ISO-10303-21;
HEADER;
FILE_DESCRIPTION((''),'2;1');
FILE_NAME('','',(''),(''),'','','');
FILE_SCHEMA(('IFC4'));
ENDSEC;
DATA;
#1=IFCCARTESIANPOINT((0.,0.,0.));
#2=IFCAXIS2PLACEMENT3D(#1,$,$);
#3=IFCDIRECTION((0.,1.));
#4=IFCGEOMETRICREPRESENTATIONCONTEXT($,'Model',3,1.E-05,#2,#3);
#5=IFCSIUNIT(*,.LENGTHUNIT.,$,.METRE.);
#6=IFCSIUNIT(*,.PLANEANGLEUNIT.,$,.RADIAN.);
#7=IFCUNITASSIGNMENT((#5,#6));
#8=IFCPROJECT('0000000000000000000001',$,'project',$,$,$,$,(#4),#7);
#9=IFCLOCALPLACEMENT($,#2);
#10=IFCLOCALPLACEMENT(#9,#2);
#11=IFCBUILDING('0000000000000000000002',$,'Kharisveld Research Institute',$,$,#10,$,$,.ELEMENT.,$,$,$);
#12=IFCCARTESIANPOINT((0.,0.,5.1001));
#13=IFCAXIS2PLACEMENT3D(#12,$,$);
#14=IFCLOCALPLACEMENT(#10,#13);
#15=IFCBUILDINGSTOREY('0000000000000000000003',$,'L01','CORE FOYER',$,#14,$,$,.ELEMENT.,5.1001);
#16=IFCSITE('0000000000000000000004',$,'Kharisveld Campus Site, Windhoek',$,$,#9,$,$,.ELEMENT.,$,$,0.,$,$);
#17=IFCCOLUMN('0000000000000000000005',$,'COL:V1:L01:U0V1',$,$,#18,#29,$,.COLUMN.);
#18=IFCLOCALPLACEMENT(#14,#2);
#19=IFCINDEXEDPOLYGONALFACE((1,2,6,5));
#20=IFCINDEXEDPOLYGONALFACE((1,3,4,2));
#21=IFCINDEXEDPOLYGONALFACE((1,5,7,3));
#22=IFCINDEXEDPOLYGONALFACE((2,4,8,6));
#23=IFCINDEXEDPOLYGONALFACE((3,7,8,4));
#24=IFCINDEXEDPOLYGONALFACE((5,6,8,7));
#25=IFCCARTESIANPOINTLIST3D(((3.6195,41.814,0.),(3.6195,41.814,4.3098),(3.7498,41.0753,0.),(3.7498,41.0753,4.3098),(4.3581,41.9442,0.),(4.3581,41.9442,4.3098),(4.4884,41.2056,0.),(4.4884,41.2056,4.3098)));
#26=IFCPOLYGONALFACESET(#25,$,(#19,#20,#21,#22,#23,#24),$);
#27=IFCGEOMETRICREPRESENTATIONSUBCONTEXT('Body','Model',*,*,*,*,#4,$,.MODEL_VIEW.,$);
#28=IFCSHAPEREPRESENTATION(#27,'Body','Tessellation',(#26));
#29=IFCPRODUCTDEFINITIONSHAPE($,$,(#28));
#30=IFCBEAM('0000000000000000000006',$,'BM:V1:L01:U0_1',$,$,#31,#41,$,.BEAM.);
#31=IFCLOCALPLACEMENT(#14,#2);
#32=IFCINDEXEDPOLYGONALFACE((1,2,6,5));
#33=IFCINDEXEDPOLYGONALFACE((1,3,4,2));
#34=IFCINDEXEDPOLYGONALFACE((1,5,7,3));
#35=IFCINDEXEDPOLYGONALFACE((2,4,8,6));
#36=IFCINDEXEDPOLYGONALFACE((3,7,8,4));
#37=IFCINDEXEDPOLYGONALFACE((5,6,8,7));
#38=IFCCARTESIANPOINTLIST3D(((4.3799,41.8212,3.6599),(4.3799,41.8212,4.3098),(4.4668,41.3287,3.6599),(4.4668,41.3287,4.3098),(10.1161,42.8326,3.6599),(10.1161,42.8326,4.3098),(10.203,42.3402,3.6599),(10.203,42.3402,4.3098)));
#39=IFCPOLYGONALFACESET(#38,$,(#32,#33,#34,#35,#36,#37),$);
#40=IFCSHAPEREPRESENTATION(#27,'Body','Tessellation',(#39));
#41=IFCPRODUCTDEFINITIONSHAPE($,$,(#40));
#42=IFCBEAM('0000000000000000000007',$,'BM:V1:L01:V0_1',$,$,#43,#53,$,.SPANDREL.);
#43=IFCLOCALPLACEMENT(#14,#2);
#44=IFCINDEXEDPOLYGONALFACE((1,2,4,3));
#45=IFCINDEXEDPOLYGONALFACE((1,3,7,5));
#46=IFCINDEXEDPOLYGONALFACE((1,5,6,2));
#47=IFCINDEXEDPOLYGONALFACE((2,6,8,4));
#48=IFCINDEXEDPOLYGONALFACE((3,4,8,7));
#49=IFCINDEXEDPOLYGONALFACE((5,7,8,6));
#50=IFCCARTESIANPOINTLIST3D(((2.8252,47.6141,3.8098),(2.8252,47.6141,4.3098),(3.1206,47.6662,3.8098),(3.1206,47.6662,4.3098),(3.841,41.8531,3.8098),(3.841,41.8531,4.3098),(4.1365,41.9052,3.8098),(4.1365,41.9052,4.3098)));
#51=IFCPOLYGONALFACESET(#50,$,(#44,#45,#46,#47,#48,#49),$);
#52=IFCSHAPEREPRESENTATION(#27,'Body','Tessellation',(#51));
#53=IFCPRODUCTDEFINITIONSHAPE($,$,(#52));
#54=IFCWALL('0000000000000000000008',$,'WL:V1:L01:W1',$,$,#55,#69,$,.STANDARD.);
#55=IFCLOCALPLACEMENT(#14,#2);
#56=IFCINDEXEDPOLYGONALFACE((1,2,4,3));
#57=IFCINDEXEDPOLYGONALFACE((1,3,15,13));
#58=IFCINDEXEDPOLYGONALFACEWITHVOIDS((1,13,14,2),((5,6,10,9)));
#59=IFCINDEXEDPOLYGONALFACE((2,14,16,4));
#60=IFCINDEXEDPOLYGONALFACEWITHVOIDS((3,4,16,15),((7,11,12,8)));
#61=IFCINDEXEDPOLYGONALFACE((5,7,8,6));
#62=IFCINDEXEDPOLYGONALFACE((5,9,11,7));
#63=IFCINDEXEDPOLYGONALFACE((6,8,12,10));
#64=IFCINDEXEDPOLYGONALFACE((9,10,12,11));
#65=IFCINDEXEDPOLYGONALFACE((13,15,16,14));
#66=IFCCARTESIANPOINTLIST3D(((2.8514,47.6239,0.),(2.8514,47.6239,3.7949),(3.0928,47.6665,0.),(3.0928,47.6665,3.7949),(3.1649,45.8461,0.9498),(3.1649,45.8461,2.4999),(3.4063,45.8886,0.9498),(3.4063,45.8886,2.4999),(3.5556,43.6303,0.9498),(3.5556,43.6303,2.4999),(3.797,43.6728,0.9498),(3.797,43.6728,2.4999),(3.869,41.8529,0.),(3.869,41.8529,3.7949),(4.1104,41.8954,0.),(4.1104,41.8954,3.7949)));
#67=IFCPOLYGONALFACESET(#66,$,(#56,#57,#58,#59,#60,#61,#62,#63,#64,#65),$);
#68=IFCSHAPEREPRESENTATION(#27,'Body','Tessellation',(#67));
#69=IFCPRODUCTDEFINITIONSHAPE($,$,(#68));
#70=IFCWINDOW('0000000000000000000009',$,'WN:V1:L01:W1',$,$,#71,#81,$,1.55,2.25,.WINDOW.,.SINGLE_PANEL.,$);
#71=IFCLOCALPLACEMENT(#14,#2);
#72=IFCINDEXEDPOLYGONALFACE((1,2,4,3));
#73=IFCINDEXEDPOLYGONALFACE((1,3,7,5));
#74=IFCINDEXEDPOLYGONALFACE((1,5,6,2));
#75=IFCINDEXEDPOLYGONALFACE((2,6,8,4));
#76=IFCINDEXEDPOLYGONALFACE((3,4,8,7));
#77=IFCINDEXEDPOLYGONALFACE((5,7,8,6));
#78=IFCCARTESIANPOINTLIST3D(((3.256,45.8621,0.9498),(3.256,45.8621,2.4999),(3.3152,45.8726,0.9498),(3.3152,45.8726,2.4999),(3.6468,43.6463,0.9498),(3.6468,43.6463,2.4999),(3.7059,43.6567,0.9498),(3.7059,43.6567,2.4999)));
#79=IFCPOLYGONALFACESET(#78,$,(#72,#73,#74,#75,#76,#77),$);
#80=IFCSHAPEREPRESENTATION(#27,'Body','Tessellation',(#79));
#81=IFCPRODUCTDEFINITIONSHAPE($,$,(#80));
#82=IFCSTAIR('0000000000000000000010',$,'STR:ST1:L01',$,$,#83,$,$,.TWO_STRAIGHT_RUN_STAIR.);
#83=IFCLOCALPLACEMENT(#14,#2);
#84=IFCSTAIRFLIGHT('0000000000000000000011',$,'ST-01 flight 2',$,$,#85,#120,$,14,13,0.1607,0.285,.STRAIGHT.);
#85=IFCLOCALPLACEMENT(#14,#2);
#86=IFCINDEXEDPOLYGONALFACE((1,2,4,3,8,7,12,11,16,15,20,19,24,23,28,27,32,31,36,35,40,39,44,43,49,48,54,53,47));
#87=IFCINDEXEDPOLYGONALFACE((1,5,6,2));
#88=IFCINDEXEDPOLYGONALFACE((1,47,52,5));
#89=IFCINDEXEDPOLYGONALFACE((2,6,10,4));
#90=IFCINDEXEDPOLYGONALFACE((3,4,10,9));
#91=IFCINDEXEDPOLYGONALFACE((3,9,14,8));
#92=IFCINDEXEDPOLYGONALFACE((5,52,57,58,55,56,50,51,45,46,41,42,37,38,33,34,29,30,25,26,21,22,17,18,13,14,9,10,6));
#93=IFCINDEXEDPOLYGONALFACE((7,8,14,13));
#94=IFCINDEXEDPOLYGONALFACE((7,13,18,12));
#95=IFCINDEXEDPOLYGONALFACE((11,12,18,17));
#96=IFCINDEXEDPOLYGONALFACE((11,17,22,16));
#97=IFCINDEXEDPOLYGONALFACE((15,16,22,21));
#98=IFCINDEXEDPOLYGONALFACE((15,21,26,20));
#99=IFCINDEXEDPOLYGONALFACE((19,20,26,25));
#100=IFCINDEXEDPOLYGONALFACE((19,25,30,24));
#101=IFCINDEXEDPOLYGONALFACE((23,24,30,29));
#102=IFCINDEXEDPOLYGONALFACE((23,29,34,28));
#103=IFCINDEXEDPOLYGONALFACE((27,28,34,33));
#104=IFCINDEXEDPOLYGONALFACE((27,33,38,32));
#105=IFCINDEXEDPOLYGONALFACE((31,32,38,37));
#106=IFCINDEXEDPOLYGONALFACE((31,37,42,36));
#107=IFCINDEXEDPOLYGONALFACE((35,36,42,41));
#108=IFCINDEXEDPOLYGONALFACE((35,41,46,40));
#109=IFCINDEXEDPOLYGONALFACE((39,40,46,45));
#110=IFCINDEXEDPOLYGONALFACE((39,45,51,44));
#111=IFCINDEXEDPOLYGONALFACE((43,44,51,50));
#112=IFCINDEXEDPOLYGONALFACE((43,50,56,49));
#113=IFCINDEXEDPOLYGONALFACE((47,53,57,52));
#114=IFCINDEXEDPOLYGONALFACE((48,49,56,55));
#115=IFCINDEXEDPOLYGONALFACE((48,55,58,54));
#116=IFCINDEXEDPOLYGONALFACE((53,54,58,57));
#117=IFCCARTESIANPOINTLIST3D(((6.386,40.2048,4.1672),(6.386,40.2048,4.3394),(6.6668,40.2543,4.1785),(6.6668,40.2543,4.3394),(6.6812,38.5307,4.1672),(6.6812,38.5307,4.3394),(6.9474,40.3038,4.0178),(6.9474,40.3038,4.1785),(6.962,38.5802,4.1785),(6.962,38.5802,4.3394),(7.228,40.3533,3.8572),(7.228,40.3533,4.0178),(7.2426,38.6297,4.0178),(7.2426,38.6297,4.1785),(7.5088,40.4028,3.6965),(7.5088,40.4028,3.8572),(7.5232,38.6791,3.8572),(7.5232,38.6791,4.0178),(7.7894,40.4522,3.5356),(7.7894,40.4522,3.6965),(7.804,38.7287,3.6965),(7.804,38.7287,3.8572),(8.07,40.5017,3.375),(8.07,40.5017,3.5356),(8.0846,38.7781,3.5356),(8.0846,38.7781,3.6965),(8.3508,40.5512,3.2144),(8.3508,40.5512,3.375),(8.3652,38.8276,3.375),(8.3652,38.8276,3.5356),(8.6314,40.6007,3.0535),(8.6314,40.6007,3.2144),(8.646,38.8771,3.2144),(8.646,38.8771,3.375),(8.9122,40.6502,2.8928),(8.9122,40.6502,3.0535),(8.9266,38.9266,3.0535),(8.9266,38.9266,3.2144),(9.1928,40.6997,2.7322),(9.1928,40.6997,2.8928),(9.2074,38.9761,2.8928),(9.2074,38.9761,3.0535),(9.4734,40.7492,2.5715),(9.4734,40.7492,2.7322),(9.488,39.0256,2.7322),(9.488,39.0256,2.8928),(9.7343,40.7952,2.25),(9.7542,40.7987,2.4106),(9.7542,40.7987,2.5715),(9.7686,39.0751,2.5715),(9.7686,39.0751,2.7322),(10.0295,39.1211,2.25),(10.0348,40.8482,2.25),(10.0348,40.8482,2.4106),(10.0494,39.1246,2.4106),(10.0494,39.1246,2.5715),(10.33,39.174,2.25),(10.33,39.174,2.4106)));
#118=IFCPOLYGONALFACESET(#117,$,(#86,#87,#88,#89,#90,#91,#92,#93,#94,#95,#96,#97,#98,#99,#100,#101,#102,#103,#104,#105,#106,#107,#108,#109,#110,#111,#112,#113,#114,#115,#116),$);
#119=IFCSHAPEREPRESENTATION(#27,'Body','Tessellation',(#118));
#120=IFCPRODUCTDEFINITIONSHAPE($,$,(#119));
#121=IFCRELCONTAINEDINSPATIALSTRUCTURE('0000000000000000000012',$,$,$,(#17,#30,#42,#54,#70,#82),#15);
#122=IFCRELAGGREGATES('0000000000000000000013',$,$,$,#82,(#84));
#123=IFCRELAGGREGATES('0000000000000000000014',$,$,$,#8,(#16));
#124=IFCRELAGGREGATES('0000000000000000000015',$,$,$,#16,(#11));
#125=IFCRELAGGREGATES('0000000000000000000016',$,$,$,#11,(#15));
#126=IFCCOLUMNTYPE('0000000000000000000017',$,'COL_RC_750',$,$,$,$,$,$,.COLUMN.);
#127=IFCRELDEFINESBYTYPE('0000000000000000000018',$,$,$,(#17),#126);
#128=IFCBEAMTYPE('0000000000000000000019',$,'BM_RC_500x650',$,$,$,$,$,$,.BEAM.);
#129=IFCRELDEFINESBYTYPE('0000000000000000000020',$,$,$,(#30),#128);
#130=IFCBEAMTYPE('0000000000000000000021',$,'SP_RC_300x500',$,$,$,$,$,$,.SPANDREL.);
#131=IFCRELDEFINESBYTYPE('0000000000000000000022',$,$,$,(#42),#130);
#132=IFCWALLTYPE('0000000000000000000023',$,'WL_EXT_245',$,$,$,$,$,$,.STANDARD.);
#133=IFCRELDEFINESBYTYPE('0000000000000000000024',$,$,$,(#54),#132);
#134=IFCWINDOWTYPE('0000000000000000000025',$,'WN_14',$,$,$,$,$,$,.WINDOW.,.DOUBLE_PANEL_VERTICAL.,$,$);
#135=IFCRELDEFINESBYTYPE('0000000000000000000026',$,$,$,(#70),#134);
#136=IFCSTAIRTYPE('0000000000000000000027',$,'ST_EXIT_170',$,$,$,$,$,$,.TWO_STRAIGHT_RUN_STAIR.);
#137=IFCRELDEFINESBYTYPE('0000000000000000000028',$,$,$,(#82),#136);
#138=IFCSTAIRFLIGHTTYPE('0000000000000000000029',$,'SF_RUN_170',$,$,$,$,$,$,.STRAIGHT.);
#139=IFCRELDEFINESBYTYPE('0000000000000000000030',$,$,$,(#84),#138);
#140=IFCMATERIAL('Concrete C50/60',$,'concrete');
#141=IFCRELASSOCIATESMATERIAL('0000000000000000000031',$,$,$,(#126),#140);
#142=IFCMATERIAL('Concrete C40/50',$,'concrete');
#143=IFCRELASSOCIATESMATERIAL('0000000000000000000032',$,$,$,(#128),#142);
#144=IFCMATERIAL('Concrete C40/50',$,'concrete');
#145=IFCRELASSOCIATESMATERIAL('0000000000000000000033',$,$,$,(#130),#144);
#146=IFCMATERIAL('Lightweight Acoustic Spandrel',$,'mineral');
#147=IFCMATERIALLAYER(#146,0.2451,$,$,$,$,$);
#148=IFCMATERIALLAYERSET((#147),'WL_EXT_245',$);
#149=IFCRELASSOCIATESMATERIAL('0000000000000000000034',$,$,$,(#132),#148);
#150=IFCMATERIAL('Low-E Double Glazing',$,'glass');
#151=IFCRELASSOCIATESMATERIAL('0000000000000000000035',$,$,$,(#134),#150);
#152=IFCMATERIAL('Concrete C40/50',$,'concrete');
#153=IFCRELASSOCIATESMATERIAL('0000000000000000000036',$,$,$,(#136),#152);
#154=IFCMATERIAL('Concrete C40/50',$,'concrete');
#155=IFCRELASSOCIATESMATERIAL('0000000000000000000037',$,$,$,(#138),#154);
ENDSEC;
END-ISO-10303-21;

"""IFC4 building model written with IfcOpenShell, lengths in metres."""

from ifc_helpers import new_model, si_unit, direction, frame, frame_2d, origin, origin_2d, place, context, subcontext, project, spatial, polyline, rectangle, outline, extrude, material, layer, layer_set, material_profile, profile_set, type_object, element, fill, aggregate, save


model = new_model("IFC4")

# Units and contexts
model_context = context("Model", 3, precision=1e-05, world=origin(), true_north=direction((0.0, 1.0)))
body_context = subcontext(model_context, "Body", "Model", "MODEL_VIEW")
ifc_project = project(units=[si_unit("LENGTHUNIT", "METRE"), si_unit("PLANEANGLEUNIT", "RADIAN")], contexts=[model_context])

# Site, building, storey
site_placement = place(None, origin())
site = spatial("IfcSite", under=ifc_project, at=site_placement, Name="Kharisveld Campus Site, Windhoek", CompositionType="ELEMENT", RefElevation=0.0)
building_placement = place(site_placement, origin())
building = spatial("IfcBuilding", under=site, at=building_placement, Name="Kharisveld Research Institute", CompositionType="ELEMENT")
storey_placement = place(building_placement, frame((0.0, 0.0, 5.1001)))
storey = spatial("IfcBuildingStorey", under=building, at=storey_placement, Name="L01", Description="CORE FOYER", CompositionType="ELEMENT", Elevation=5.1001)

# Column
ifc_material_1 = material(Name="Concrete C50/60", Category="concrete")
ifc_material_profile_1 = material_profile(ifc_material_1, rectangle(XDim=0.75, YDim=0.75, at=origin_2d()))
ifc_profile_set_1 = profile_set([ifc_material_profile_1], Name="Concrete C50/60")
column_type = type_object("IfcColumnType", Name="COL_RC_750", PredefinedType="COLUMN", material=ifc_profile_set_1)
column_placement = place(storey_placement, frame((4.054, 41.5098, 0.0), z_axis=(0.0, 0.0, 1.0), x_axis=(0.984808, 0.173648, 0.0)))
element("IfcColumn", 1, at=column_placement, inside=storey, type_object=column_type, Name="COL:V1:L01:U0V1", PredefinedType="COLUMN", context=body_context, shape_type="SweptSolid", body=[
    extrude(rectangle(XDim=0.75, YDim=0.75, at=origin_2d()), origin(), (0.0, 0.0, 1.0), 4.3098),
])

# Beams
ifc_material_2 = material(Name="Concrete C40/50", Category="concrete")
ifc_material_profile_2 = material_profile(ifc_material_2, rectangle(XDim=0.5, YDim=0.6499, at=origin_2d()))
ifc_profile_set_2 = profile_set([ifc_material_profile_2], Name="Concrete C40/50")
beam_type_1 = type_object("IfcBeamType", Name="BM_RC_500x650", PredefinedType="BEAM", material=ifc_profile_set_2)
beam_1_placement = place(storey_placement, frame((4.4233, 41.575, 3.9849), z_axis=(0.984808, 0.173649, 0.0), x_axis=(-0.173649, 0.984808, 0.0)))
element("IfcBeam", 2, at=beam_1_placement, inside=storey, type_object=beam_type_1, Name="BM:V1:L01:U0_1", PredefinedType="BEAM", context=body_context, shape_type="SweptSolid", body=[
    extrude(rectangle(XDim=0.5, YDim=0.6499, at=origin_2d()), origin(), (0.0, 0.0, 1.0), 5.8247),
])
ifc_material_3 = material(Name="Concrete C40/50", Category="concrete")
ifc_material_profile_3 = material_profile(ifc_material_3, rectangle(XDim=0.3, YDim=0.5, at=origin_2d()))
ifc_profile_set_3 = profile_set([ifc_material_profile_3], Name="Concrete C40/50")
beam_type_2 = type_object("IfcBeamType", Name="SP_RC_300x500", PredefinedType="SPANDREL", material=ifc_profile_set_3)
beam_2_placement = place(storey_placement, frame((3.9888, 41.8792, 4.0598), z_axis=(-0.173657, 0.984806, 0.0), x_axis=(-0.984806, -0.173657, 0.0)))
element("IfcBeam", 3, at=beam_2_placement, inside=storey, type_object=beam_type_2, Name="BM:V1:L01:V0_1", PredefinedType="SPANDREL", context=body_context, shape_type="SweptSolid", body=[
    extrude(rectangle(XDim=0.3, YDim=0.5, at=origin_2d()), origin(), (0.0, 0.0, 1.0), 5.8499),
])

# Wall, opening, window
ifc_material_4 = material(Name="Lightweight Acoustic Spandrel", Category="mineral")
ifc_layer_1 = layer(ifc_material_4, 0.2451)
ifc_layer_set_1 = layer_set([ifc_layer_1], Name="WL_EXT_245")
wall_type_1 = type_object("IfcWallType", Name="WL_EXT_245", PredefinedType="STANDARD", material=ifc_layer_set_1)
wall_1_placement = place(storey_placement, frame((3.9897, 41.874, 0.0), z_axis=(0.0, 0.0, 1.0), x_axis=(-0.173647, 0.984808, 0.0)))
wall_1 = element("IfcWall", 4, at=wall_1_placement, inside=storey, type_object=wall_type_1, Name="WL:V1:L01:W1", PredefinedType="STANDARD", context=body_context, shape_type="SweptSolid", body=[
    extrude(rectangle(XDim=5.8601, YDim=0.2451, at=frame_2d((2.9302, 0.0))), origin(), (0.0, 0.0, 1.0), 3.7949),
])
opening_1_placement = place(wall_1_placement, frame((1.8049, 0.0, 0.95)))
opening_1 = element("IfcOpeningElement", 5, at=opening_1_placement, cuts=wall_1, PredefinedType="OPENING", context=body_context, shape_type="SweptSolid", body=[
    extrude(rectangle(XDim=2.25, YDim=1.55, at=frame_2d((1.125, 0.7749))), frame((0.0, 0.1226, 0.0), z_axis=(0.0, -1.0, 0.0), x_axis=(1.0, 0.0, 0.0)), (0.0, 0.0, 1.0), 0.2451),
])
ifc_material_5 = material(Name="Low-E Double Glazing", Category="glass")
window_type = type_object("IfcWindowType", Name="WN_14", PartitioningType="DOUBLE_PANEL_VERTICAL", PredefinedType="WINDOW", material=ifc_material_5)
window_placement = place(opening_1_placement, origin())
window = element("IfcWindow", 6, at=window_placement, inside=storey, type_object=window_type, Name="WN:V1:L01:W1", OverallHeight=1.55, OverallWidth=2.25, PartitioningType="SINGLE_PANEL", PredefinedType="WINDOW", context=body_context, shape_type="SweptSolid", body=[
    extrude(rectangle(XDim=2.25, YDim=1.55, at=frame_2d((1.125, 0.7749))), frame((0.0, 0.03, 0.0), z_axis=(0.0, -1.0, 0.0), x_axis=(1.0, 0.0, 0.0)), (0.0, 0.0, 1.0), 0.0601),
])
fill(opening_1, window)

# Stair, stair flight
ifc_material_6 = material(Name="Concrete C40/50", Category="concrete")
stair_type = type_object("IfcStairType", Name="ST_EXIT_170", PredefinedType="TWO_STRAIGHT_RUN_STAIR", material=ifc_material_6)
stair_placement = place(storey_placement, origin())
stair = element("IfcStair", 7, at=stair_placement, inside=storey, type_object=stair_type, Name="STR:ST1:L01", PredefinedType="TWO_STRAIGHT_RUN_STAIR")
ifc_material_7 = material(Name="Concrete C40/50", Category="concrete")
stair_flight_type = type_object("IfcStairFlightType", Name="SF_RUN_170", PredefinedType="STRAIGHT", material=ifc_material_7)
stair_flight_placement = place(storey_placement, frame((10.1824, 40.0112, 2.25), z_axis=(0.0, 0.0, 1.0), x_axis=(-0.984808, -0.173648, 0.0)))
stair_flight = element("IfcStairFlight", 8, at=stair_flight_placement, type_object=stair_flight_type, Name="ST-01 flight 2", NumberOfRisers=14, NumberOfTreads=13, PredefinedType="STRAIGHT", RiserHeight=0.1607, TreadLength=0.285, context=body_context, shape_type="SweptSolid", body=[
    extrude(outline(polyline([(0.0, 0.0), (0.0, 0.1606), (0.2849, 0.1606), (0.2849, 0.3215), (0.5701, 0.3215), (0.5701, 0.4822), (0.855, 0.4822), (0.855, 0.6428), (1.1399, 0.6428), (1.1399, 0.8035), (1.425, 0.8035), (1.425, 0.9644), (1.71, 0.9644), (1.71, 1.125), (1.9951, 1.125), (1.9951, 1.2856), (2.28, 1.2856), (2.28, 1.4465), (2.5649, 1.4465), (2.5649, 1.6072), (2.8501, 1.6072), (2.8501, 1.7678), (3.135, 1.7678), (3.135, 1.9285), (3.4199, 1.9285), (3.4199, 2.0894), (3.7051, 2.0894), (3.7051, 2.25), (3.7051, 1.9172), (0.3052, 0.0), (0.0, 0.0)])), frame((0.0, 0.8501, 0.0), z_axis=(0.0, -1.0, 0.0), x_axis=(1.0, 0.0, 0.0)), (0.0, 0.0, 1.0), 1.7),
])
aggregate(stair, [stair_flight])

save(model, "model.ifc")
